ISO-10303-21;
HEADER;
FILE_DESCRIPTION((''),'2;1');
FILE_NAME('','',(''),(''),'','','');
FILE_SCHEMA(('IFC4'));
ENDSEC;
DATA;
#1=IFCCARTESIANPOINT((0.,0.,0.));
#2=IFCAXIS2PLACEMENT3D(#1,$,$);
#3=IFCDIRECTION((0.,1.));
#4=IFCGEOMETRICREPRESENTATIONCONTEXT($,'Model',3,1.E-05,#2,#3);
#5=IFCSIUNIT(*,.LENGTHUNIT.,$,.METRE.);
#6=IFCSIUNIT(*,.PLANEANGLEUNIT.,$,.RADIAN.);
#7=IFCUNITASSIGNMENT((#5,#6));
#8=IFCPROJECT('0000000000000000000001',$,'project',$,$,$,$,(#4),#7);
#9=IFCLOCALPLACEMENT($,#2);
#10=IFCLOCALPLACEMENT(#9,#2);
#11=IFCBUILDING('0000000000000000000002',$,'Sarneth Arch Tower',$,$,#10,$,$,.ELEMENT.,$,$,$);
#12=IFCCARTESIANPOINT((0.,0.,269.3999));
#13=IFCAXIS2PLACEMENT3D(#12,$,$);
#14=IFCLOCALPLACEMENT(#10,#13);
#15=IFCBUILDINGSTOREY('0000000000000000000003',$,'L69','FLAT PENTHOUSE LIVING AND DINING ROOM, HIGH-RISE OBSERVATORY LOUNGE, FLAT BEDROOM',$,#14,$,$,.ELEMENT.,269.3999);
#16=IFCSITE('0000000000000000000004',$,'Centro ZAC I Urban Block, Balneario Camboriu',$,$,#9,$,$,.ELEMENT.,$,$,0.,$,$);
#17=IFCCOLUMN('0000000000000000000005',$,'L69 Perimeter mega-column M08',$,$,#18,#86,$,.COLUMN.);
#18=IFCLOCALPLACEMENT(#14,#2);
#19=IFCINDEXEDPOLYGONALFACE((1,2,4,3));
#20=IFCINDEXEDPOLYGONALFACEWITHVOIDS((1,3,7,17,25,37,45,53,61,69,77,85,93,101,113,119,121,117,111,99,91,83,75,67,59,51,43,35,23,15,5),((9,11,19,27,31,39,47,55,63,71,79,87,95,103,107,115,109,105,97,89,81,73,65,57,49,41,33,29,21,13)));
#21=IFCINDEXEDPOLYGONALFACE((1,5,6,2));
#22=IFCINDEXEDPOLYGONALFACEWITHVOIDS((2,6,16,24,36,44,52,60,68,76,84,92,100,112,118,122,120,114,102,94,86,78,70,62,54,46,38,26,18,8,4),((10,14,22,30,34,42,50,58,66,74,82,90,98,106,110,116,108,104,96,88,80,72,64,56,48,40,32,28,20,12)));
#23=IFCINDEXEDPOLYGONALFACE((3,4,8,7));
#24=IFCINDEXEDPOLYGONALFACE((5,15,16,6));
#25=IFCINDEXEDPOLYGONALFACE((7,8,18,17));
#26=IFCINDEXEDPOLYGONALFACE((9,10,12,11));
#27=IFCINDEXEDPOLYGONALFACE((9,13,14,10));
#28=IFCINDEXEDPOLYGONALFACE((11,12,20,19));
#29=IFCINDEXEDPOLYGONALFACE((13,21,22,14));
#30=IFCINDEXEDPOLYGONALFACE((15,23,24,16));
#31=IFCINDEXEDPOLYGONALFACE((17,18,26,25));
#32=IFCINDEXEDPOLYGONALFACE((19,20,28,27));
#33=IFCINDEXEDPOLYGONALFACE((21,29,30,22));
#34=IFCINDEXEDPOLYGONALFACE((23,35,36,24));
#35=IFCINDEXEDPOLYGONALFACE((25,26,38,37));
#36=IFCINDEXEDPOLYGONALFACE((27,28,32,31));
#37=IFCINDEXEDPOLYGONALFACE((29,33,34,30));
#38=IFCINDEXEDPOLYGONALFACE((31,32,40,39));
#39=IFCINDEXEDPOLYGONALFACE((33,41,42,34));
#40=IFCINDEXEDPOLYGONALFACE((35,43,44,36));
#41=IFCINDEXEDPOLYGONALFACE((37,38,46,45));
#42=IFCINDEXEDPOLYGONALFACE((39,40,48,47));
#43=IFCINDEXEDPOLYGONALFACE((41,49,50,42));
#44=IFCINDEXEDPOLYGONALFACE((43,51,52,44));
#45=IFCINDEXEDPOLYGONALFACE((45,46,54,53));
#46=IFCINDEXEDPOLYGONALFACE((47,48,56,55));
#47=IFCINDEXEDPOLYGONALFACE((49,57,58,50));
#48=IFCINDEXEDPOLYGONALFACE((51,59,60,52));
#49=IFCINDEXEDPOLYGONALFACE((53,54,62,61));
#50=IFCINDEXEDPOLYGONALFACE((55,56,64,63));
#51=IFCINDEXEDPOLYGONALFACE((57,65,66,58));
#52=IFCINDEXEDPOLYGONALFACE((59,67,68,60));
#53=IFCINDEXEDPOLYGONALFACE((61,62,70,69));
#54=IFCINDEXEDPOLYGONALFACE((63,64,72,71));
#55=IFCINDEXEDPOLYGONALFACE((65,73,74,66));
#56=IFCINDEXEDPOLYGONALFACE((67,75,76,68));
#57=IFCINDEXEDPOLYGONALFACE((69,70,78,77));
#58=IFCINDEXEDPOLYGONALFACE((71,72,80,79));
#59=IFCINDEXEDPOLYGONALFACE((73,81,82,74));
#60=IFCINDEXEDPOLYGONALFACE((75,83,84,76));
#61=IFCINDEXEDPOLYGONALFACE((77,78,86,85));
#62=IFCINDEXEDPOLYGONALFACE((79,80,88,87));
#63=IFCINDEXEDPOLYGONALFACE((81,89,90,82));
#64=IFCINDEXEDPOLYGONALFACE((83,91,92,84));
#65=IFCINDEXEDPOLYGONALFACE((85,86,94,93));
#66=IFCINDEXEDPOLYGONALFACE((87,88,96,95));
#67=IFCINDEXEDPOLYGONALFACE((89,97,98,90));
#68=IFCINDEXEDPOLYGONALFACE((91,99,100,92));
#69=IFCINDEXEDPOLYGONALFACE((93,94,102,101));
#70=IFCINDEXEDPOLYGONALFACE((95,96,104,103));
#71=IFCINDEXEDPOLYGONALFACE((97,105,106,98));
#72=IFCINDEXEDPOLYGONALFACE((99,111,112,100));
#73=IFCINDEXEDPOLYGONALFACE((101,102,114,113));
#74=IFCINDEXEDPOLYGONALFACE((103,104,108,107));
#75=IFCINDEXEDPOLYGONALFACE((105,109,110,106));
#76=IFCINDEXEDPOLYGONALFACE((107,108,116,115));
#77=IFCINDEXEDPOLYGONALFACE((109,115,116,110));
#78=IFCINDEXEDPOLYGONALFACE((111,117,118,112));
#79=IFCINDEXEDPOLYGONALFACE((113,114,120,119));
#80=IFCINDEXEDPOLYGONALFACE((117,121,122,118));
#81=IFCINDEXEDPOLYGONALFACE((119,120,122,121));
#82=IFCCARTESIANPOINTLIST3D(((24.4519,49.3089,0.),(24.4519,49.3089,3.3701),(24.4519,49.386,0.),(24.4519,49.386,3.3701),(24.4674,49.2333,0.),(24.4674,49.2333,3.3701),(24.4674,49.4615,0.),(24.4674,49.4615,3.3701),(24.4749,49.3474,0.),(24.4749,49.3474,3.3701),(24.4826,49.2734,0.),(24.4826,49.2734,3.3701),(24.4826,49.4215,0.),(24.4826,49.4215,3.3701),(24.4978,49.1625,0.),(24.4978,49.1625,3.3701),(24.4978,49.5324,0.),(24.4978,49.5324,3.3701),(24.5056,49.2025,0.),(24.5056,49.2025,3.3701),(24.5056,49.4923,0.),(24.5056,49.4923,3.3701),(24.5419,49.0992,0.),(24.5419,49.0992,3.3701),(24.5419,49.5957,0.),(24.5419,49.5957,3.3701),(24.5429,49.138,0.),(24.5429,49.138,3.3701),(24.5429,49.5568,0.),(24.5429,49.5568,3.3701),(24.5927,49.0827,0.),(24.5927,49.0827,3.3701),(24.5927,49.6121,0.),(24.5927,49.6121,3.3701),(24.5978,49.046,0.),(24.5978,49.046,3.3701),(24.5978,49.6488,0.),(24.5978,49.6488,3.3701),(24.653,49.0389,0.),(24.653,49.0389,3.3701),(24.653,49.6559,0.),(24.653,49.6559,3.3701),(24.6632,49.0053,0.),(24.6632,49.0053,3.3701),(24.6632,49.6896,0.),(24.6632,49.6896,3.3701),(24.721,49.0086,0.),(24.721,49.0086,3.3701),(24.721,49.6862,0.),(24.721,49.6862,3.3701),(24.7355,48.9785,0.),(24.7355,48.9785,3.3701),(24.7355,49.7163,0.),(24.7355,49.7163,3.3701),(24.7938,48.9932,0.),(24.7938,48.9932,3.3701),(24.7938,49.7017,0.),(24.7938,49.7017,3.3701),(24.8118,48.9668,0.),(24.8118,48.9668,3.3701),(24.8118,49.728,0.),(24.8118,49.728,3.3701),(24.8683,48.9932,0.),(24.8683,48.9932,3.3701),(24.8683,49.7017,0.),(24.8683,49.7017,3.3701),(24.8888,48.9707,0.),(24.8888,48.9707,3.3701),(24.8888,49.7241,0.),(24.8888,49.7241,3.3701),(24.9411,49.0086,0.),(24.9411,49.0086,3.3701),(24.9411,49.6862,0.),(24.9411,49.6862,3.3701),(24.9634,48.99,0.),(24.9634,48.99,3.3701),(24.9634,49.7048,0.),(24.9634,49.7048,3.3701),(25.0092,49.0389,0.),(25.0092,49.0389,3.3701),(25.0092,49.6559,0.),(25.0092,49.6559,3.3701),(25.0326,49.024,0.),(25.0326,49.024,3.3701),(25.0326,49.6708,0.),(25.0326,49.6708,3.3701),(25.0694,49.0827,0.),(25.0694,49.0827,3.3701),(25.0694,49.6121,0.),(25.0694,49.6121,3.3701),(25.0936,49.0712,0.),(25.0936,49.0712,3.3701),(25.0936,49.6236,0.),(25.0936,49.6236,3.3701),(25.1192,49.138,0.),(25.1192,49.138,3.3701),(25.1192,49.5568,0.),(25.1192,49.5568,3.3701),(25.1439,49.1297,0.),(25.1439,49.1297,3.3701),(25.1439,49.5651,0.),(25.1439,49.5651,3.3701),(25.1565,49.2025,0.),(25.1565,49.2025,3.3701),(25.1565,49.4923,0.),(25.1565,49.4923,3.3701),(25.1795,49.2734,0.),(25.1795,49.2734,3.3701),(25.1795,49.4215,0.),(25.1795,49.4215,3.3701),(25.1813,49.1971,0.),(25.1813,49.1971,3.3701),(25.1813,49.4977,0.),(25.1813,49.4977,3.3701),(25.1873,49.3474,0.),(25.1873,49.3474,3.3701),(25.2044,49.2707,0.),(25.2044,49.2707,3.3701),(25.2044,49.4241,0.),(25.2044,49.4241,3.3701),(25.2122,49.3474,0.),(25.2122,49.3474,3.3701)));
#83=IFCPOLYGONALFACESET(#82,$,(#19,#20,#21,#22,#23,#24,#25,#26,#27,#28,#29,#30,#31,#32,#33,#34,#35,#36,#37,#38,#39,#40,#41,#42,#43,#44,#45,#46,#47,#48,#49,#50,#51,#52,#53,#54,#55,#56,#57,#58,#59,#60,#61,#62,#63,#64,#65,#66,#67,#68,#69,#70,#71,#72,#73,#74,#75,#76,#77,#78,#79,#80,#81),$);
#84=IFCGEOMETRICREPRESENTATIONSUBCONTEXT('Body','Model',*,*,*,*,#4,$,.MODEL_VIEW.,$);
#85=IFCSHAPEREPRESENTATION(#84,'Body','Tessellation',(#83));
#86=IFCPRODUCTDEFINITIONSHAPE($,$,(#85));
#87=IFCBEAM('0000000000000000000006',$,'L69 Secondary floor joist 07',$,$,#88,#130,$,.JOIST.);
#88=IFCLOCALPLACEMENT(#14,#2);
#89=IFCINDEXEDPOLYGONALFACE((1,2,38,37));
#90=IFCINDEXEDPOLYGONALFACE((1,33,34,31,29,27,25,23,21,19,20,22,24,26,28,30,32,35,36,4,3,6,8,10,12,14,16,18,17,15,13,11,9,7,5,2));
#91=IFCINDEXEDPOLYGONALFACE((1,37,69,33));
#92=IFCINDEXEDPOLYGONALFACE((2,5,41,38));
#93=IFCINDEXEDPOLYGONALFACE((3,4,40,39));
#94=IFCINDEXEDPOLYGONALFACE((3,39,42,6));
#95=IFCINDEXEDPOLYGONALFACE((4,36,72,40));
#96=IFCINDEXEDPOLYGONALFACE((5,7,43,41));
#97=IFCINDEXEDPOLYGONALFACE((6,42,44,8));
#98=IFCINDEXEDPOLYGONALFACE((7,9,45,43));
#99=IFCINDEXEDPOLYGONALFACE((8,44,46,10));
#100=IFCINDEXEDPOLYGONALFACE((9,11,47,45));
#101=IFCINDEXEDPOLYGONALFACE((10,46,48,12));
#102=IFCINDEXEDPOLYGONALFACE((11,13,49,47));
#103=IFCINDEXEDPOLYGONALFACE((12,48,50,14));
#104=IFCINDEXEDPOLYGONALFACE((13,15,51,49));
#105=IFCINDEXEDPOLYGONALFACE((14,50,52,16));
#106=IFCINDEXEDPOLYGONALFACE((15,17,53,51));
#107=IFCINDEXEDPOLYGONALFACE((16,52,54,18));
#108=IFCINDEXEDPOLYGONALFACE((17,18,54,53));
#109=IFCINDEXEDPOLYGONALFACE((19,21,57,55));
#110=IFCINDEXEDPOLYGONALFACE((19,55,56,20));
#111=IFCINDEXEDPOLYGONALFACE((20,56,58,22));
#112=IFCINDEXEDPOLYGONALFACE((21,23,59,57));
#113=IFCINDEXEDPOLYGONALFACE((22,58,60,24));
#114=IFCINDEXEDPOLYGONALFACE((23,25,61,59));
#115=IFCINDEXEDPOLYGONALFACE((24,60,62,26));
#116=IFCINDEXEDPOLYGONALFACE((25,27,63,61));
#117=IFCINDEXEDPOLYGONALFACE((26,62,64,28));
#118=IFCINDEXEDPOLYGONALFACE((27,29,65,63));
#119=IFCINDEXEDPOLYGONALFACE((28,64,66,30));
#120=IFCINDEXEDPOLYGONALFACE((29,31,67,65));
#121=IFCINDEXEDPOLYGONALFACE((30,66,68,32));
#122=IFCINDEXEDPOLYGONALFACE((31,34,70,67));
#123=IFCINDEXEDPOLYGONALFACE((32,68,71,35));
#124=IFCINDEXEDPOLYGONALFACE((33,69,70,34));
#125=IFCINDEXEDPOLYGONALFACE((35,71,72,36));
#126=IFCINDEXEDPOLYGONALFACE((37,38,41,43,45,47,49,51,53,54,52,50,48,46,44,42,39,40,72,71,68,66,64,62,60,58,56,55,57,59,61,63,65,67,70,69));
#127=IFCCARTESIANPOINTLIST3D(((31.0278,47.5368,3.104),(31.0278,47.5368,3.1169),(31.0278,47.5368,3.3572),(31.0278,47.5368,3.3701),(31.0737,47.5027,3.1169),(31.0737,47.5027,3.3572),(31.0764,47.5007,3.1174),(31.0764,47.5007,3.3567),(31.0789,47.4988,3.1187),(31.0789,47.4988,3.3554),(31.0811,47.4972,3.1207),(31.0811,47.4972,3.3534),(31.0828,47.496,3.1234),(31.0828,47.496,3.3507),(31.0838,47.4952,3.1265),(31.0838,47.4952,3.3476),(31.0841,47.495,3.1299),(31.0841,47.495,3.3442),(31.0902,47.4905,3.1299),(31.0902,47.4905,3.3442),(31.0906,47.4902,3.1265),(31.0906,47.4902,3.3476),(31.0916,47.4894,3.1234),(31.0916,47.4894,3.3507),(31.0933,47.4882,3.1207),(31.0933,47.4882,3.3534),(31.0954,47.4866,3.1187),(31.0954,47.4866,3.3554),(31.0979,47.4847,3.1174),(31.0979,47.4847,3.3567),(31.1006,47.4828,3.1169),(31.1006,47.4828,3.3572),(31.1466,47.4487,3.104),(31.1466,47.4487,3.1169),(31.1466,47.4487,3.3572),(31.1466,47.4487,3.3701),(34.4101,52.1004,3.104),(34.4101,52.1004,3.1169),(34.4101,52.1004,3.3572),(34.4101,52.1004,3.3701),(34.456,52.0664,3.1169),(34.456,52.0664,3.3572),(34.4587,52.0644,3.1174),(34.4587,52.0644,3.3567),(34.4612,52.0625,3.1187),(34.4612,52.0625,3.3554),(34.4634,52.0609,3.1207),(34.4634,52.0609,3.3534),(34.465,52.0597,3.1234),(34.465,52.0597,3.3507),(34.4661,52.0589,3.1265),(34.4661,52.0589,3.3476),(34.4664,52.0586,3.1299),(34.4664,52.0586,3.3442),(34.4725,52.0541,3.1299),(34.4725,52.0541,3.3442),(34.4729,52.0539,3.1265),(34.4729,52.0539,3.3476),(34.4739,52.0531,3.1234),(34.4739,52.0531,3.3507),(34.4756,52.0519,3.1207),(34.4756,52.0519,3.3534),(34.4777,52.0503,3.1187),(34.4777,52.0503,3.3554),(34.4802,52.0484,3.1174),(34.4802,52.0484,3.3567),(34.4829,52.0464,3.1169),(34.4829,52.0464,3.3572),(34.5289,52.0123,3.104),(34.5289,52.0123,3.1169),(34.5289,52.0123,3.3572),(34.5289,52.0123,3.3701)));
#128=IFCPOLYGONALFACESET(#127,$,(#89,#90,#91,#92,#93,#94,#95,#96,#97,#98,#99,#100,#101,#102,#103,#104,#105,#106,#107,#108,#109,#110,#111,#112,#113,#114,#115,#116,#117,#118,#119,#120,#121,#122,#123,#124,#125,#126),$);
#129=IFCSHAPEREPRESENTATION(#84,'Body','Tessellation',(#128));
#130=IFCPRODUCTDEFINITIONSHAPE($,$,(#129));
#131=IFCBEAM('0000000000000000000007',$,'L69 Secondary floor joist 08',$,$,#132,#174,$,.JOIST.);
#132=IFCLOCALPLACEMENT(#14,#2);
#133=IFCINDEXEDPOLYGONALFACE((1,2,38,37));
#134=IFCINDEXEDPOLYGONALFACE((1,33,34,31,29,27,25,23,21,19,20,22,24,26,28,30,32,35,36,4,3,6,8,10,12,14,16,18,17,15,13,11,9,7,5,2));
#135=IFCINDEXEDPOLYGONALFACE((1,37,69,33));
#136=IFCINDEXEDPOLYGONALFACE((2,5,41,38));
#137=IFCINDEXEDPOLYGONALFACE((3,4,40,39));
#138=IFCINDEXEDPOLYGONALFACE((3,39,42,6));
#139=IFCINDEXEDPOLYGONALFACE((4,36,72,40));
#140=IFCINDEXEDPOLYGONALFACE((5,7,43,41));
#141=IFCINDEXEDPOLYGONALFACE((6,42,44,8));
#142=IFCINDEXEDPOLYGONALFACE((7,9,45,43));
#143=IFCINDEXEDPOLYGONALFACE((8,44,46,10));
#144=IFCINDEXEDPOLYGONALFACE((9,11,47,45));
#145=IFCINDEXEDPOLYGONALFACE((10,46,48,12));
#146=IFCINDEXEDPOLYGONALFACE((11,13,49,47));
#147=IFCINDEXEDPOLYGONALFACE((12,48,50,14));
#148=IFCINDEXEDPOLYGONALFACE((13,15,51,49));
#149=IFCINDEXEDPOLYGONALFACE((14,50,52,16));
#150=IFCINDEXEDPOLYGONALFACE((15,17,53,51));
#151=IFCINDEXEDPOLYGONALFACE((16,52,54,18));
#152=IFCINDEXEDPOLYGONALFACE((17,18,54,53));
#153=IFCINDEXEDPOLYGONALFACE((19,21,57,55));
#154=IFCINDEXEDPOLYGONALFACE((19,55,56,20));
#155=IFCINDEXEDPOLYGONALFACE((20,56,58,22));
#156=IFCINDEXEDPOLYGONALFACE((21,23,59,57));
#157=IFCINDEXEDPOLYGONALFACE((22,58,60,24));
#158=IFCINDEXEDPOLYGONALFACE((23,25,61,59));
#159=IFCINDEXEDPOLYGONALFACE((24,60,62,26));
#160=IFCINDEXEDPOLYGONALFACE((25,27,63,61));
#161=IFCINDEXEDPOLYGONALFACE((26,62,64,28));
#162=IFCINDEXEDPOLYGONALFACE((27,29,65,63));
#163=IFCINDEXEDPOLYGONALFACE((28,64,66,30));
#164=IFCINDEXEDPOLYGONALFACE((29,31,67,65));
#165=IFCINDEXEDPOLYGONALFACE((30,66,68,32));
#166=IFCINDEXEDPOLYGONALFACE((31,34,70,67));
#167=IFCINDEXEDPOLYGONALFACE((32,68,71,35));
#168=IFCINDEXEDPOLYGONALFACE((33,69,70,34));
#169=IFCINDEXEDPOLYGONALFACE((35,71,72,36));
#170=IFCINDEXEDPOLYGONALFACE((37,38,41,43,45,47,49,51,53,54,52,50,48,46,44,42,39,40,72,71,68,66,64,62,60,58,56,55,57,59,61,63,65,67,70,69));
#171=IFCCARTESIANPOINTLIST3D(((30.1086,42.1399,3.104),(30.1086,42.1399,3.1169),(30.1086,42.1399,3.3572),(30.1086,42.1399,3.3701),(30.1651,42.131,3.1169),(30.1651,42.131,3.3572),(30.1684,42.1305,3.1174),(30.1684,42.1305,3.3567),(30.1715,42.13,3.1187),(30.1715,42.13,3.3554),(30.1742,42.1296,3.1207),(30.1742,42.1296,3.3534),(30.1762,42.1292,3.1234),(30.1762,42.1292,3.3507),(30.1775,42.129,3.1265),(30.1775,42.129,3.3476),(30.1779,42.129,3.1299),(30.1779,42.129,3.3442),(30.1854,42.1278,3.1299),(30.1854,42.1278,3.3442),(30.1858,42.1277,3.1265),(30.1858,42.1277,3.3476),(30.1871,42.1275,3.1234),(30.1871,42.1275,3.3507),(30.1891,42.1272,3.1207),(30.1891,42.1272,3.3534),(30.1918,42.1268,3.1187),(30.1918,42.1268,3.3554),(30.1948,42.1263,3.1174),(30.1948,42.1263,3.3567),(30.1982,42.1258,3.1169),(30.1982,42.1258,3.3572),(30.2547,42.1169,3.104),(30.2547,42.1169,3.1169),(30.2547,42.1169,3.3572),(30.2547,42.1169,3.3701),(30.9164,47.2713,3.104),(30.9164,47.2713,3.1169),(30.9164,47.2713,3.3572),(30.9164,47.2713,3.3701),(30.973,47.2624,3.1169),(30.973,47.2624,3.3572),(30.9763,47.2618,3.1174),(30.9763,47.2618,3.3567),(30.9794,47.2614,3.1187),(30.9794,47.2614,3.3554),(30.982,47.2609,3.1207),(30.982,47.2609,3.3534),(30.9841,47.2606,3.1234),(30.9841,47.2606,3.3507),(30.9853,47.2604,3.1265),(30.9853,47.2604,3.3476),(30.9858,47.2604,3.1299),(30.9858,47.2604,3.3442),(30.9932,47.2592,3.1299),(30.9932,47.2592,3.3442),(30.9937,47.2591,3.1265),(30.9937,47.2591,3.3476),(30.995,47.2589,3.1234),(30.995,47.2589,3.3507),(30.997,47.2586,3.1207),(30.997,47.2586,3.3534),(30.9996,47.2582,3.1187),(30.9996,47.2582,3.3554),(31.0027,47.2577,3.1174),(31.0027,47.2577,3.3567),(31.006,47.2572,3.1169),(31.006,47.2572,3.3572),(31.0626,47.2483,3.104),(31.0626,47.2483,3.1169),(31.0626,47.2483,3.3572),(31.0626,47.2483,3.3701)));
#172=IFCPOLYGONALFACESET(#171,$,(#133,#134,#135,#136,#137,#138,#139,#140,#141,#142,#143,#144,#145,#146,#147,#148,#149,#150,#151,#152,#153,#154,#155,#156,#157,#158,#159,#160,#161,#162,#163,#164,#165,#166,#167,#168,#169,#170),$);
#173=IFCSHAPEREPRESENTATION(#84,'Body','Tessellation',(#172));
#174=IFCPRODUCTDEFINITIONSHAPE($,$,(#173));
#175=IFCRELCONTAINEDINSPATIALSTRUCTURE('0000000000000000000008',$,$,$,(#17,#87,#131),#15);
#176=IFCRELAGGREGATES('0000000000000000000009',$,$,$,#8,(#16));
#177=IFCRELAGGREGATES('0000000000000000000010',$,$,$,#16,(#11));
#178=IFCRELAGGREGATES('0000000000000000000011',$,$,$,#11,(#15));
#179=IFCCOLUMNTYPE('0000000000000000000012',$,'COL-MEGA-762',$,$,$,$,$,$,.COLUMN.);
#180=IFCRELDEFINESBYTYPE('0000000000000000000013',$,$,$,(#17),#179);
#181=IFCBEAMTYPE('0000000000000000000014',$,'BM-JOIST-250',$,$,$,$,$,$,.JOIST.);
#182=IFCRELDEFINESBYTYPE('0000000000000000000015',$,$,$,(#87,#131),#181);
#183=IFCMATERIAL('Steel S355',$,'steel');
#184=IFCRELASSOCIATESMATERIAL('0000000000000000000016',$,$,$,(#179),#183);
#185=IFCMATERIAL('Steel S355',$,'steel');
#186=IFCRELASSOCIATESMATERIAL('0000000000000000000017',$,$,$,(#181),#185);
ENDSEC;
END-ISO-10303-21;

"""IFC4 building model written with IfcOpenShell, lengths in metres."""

from ifc_helpers import new_model, si_unit, direction, frame, origin, origin_2d, place, context, subcontext, project, spatial, hollow_circle, i_section, extrude, material, material_profile, profile_set, type_object, element, save


model = new_model("IFC4")

# Units and contexts
model_context = context("Model", 3, precision=1e-05, world=origin(), true_north=direction((0.0, 1.0)))
body_context = subcontext(model_context, "Body", "Model", "MODEL_VIEW")
ifc_project = project(units=[si_unit("LENGTHUNIT", "METRE"), si_unit("PLANEANGLEUNIT", "RADIAN")], contexts=[model_context])

# Site, building, storey
site_placement = place(None, origin())
site = spatial("IfcSite", under=ifc_project, at=site_placement, Name="Centro ZAC I Urban Block, Balneario Camboriu", CompositionType="ELEMENT", RefElevation=0.0)
building_placement = place(site_placement, origin())
building = spatial("IfcBuilding", under=site, at=building_placement, Name="Sarneth Arch Tower", CompositionType="ELEMENT")
storey_placement = place(building_placement, frame((0.0, 0.0, 269.3999)))
storey = spatial("IfcBuildingStorey", under=building, at=storey_placement, Name="L69", Description="FLAT PENTHOUSE LIVING AND DINING ROOM, HIGH-RISE OBSERVATORY LOUNGE, FLAT BEDROOM", CompositionType="ELEMENT", Elevation=269.3999)

# Column
ifc_material_1 = material(Name="Steel S355", Category="steel")
ifc_material_profile_1 = material_profile(ifc_material_1, hollow_circle(Radius=0.3811, WallThickness=0.0249, at=origin_2d()), Name="CHS762x25")
ifc_profile_set_1 = profile_set([ifc_material_profile_1], Name="Steel S355")
column_type = type_object("IfcColumnType", Name="COL-MEGA-762", PredefinedType="COLUMN", material=ifc_profile_set_1)
column_placement = place(storey_placement, frame((24.8311, 49.3474, 0.0), z_axis=(0.0, 0.0, 1.0), x_axis=(1.0, 0.0, 0.0)))
element("IfcColumn", 1, at=column_placement, inside=storey, type_object=column_type, Name="L69 Perimeter mega-column M08", PredefinedType="COLUMN", context=body_context, shape_type="SweptSolid", body=[
    extrude(hollow_circle(Radius=0.3811, WallThickness=0.0249, at=origin_2d()), origin(), (0.0, 0.0, 1.0), 3.3701),
])

# Beams
ifc_material_2 = material(Name="Steel S355", Category="steel")
ifc_material_profile_2 = material_profile(ifc_material_2, i_section(OverallWidth=0.1479, OverallDepth=0.2661, WebThickness=0.0076, FlangeThickness=0.0129, FilletRadius=0.0129, at=origin_2d()), Name="W250x44.8")
ifc_profile_set_2 = profile_set([ifc_material_profile_2], Name="Steel S355")
beam_type_1 = type_object("IfcBeamType", Name="BM-JOIST-250", PredefinedType="JOIST", material=ifc_profile_set_2)
beam_1_placement = place(storey_placement, frame((34.4695, 52.0564, 3.2371), z_axis=(-0.595431, -0.803406, 0.0), x_axis=(0.803406, -0.595431, 0.0)))
element("IfcBeam", 2, at=beam_1_placement, inside=storey, type_object=beam_type_1, Name="L69 Secondary floor joist 07", PredefinedType="JOIST", context=body_context, shape_type="SweptSolid", body=[
    extrude(i_section(OverallWidth=0.1479, OverallDepth=0.2661, WebThickness=0.0076, FlangeThickness=0.0129, FilletRadius=0.0129, at=origin_2d()), origin(), (0.0, 0.0, 1.0), 5.6804),
])
beam_2_placement = place(storey_placement, frame((30.9895, 47.2598, 3.2371), z_axis=(-0.155521, -0.987833, 0.0), x_axis=(0.987833, -0.155521, 0.0)))
element("IfcBeam", 3, at=beam_2_placement, inside=storey, type_object=beam_type_1, Name="L69 Secondary floor joist 08", PredefinedType="JOIST", context=body_context, shape_type="SweptSolid", body=[
    extrude(i_section(OverallWidth=0.1479, OverallDepth=0.2661, WebThickness=0.0076, FlangeThickness=0.0129, FilletRadius=0.0129, at=origin_2d()), origin(), (0.0, 0.0, 1.0), 5.1946),
])

save(model, "model.ifc")
